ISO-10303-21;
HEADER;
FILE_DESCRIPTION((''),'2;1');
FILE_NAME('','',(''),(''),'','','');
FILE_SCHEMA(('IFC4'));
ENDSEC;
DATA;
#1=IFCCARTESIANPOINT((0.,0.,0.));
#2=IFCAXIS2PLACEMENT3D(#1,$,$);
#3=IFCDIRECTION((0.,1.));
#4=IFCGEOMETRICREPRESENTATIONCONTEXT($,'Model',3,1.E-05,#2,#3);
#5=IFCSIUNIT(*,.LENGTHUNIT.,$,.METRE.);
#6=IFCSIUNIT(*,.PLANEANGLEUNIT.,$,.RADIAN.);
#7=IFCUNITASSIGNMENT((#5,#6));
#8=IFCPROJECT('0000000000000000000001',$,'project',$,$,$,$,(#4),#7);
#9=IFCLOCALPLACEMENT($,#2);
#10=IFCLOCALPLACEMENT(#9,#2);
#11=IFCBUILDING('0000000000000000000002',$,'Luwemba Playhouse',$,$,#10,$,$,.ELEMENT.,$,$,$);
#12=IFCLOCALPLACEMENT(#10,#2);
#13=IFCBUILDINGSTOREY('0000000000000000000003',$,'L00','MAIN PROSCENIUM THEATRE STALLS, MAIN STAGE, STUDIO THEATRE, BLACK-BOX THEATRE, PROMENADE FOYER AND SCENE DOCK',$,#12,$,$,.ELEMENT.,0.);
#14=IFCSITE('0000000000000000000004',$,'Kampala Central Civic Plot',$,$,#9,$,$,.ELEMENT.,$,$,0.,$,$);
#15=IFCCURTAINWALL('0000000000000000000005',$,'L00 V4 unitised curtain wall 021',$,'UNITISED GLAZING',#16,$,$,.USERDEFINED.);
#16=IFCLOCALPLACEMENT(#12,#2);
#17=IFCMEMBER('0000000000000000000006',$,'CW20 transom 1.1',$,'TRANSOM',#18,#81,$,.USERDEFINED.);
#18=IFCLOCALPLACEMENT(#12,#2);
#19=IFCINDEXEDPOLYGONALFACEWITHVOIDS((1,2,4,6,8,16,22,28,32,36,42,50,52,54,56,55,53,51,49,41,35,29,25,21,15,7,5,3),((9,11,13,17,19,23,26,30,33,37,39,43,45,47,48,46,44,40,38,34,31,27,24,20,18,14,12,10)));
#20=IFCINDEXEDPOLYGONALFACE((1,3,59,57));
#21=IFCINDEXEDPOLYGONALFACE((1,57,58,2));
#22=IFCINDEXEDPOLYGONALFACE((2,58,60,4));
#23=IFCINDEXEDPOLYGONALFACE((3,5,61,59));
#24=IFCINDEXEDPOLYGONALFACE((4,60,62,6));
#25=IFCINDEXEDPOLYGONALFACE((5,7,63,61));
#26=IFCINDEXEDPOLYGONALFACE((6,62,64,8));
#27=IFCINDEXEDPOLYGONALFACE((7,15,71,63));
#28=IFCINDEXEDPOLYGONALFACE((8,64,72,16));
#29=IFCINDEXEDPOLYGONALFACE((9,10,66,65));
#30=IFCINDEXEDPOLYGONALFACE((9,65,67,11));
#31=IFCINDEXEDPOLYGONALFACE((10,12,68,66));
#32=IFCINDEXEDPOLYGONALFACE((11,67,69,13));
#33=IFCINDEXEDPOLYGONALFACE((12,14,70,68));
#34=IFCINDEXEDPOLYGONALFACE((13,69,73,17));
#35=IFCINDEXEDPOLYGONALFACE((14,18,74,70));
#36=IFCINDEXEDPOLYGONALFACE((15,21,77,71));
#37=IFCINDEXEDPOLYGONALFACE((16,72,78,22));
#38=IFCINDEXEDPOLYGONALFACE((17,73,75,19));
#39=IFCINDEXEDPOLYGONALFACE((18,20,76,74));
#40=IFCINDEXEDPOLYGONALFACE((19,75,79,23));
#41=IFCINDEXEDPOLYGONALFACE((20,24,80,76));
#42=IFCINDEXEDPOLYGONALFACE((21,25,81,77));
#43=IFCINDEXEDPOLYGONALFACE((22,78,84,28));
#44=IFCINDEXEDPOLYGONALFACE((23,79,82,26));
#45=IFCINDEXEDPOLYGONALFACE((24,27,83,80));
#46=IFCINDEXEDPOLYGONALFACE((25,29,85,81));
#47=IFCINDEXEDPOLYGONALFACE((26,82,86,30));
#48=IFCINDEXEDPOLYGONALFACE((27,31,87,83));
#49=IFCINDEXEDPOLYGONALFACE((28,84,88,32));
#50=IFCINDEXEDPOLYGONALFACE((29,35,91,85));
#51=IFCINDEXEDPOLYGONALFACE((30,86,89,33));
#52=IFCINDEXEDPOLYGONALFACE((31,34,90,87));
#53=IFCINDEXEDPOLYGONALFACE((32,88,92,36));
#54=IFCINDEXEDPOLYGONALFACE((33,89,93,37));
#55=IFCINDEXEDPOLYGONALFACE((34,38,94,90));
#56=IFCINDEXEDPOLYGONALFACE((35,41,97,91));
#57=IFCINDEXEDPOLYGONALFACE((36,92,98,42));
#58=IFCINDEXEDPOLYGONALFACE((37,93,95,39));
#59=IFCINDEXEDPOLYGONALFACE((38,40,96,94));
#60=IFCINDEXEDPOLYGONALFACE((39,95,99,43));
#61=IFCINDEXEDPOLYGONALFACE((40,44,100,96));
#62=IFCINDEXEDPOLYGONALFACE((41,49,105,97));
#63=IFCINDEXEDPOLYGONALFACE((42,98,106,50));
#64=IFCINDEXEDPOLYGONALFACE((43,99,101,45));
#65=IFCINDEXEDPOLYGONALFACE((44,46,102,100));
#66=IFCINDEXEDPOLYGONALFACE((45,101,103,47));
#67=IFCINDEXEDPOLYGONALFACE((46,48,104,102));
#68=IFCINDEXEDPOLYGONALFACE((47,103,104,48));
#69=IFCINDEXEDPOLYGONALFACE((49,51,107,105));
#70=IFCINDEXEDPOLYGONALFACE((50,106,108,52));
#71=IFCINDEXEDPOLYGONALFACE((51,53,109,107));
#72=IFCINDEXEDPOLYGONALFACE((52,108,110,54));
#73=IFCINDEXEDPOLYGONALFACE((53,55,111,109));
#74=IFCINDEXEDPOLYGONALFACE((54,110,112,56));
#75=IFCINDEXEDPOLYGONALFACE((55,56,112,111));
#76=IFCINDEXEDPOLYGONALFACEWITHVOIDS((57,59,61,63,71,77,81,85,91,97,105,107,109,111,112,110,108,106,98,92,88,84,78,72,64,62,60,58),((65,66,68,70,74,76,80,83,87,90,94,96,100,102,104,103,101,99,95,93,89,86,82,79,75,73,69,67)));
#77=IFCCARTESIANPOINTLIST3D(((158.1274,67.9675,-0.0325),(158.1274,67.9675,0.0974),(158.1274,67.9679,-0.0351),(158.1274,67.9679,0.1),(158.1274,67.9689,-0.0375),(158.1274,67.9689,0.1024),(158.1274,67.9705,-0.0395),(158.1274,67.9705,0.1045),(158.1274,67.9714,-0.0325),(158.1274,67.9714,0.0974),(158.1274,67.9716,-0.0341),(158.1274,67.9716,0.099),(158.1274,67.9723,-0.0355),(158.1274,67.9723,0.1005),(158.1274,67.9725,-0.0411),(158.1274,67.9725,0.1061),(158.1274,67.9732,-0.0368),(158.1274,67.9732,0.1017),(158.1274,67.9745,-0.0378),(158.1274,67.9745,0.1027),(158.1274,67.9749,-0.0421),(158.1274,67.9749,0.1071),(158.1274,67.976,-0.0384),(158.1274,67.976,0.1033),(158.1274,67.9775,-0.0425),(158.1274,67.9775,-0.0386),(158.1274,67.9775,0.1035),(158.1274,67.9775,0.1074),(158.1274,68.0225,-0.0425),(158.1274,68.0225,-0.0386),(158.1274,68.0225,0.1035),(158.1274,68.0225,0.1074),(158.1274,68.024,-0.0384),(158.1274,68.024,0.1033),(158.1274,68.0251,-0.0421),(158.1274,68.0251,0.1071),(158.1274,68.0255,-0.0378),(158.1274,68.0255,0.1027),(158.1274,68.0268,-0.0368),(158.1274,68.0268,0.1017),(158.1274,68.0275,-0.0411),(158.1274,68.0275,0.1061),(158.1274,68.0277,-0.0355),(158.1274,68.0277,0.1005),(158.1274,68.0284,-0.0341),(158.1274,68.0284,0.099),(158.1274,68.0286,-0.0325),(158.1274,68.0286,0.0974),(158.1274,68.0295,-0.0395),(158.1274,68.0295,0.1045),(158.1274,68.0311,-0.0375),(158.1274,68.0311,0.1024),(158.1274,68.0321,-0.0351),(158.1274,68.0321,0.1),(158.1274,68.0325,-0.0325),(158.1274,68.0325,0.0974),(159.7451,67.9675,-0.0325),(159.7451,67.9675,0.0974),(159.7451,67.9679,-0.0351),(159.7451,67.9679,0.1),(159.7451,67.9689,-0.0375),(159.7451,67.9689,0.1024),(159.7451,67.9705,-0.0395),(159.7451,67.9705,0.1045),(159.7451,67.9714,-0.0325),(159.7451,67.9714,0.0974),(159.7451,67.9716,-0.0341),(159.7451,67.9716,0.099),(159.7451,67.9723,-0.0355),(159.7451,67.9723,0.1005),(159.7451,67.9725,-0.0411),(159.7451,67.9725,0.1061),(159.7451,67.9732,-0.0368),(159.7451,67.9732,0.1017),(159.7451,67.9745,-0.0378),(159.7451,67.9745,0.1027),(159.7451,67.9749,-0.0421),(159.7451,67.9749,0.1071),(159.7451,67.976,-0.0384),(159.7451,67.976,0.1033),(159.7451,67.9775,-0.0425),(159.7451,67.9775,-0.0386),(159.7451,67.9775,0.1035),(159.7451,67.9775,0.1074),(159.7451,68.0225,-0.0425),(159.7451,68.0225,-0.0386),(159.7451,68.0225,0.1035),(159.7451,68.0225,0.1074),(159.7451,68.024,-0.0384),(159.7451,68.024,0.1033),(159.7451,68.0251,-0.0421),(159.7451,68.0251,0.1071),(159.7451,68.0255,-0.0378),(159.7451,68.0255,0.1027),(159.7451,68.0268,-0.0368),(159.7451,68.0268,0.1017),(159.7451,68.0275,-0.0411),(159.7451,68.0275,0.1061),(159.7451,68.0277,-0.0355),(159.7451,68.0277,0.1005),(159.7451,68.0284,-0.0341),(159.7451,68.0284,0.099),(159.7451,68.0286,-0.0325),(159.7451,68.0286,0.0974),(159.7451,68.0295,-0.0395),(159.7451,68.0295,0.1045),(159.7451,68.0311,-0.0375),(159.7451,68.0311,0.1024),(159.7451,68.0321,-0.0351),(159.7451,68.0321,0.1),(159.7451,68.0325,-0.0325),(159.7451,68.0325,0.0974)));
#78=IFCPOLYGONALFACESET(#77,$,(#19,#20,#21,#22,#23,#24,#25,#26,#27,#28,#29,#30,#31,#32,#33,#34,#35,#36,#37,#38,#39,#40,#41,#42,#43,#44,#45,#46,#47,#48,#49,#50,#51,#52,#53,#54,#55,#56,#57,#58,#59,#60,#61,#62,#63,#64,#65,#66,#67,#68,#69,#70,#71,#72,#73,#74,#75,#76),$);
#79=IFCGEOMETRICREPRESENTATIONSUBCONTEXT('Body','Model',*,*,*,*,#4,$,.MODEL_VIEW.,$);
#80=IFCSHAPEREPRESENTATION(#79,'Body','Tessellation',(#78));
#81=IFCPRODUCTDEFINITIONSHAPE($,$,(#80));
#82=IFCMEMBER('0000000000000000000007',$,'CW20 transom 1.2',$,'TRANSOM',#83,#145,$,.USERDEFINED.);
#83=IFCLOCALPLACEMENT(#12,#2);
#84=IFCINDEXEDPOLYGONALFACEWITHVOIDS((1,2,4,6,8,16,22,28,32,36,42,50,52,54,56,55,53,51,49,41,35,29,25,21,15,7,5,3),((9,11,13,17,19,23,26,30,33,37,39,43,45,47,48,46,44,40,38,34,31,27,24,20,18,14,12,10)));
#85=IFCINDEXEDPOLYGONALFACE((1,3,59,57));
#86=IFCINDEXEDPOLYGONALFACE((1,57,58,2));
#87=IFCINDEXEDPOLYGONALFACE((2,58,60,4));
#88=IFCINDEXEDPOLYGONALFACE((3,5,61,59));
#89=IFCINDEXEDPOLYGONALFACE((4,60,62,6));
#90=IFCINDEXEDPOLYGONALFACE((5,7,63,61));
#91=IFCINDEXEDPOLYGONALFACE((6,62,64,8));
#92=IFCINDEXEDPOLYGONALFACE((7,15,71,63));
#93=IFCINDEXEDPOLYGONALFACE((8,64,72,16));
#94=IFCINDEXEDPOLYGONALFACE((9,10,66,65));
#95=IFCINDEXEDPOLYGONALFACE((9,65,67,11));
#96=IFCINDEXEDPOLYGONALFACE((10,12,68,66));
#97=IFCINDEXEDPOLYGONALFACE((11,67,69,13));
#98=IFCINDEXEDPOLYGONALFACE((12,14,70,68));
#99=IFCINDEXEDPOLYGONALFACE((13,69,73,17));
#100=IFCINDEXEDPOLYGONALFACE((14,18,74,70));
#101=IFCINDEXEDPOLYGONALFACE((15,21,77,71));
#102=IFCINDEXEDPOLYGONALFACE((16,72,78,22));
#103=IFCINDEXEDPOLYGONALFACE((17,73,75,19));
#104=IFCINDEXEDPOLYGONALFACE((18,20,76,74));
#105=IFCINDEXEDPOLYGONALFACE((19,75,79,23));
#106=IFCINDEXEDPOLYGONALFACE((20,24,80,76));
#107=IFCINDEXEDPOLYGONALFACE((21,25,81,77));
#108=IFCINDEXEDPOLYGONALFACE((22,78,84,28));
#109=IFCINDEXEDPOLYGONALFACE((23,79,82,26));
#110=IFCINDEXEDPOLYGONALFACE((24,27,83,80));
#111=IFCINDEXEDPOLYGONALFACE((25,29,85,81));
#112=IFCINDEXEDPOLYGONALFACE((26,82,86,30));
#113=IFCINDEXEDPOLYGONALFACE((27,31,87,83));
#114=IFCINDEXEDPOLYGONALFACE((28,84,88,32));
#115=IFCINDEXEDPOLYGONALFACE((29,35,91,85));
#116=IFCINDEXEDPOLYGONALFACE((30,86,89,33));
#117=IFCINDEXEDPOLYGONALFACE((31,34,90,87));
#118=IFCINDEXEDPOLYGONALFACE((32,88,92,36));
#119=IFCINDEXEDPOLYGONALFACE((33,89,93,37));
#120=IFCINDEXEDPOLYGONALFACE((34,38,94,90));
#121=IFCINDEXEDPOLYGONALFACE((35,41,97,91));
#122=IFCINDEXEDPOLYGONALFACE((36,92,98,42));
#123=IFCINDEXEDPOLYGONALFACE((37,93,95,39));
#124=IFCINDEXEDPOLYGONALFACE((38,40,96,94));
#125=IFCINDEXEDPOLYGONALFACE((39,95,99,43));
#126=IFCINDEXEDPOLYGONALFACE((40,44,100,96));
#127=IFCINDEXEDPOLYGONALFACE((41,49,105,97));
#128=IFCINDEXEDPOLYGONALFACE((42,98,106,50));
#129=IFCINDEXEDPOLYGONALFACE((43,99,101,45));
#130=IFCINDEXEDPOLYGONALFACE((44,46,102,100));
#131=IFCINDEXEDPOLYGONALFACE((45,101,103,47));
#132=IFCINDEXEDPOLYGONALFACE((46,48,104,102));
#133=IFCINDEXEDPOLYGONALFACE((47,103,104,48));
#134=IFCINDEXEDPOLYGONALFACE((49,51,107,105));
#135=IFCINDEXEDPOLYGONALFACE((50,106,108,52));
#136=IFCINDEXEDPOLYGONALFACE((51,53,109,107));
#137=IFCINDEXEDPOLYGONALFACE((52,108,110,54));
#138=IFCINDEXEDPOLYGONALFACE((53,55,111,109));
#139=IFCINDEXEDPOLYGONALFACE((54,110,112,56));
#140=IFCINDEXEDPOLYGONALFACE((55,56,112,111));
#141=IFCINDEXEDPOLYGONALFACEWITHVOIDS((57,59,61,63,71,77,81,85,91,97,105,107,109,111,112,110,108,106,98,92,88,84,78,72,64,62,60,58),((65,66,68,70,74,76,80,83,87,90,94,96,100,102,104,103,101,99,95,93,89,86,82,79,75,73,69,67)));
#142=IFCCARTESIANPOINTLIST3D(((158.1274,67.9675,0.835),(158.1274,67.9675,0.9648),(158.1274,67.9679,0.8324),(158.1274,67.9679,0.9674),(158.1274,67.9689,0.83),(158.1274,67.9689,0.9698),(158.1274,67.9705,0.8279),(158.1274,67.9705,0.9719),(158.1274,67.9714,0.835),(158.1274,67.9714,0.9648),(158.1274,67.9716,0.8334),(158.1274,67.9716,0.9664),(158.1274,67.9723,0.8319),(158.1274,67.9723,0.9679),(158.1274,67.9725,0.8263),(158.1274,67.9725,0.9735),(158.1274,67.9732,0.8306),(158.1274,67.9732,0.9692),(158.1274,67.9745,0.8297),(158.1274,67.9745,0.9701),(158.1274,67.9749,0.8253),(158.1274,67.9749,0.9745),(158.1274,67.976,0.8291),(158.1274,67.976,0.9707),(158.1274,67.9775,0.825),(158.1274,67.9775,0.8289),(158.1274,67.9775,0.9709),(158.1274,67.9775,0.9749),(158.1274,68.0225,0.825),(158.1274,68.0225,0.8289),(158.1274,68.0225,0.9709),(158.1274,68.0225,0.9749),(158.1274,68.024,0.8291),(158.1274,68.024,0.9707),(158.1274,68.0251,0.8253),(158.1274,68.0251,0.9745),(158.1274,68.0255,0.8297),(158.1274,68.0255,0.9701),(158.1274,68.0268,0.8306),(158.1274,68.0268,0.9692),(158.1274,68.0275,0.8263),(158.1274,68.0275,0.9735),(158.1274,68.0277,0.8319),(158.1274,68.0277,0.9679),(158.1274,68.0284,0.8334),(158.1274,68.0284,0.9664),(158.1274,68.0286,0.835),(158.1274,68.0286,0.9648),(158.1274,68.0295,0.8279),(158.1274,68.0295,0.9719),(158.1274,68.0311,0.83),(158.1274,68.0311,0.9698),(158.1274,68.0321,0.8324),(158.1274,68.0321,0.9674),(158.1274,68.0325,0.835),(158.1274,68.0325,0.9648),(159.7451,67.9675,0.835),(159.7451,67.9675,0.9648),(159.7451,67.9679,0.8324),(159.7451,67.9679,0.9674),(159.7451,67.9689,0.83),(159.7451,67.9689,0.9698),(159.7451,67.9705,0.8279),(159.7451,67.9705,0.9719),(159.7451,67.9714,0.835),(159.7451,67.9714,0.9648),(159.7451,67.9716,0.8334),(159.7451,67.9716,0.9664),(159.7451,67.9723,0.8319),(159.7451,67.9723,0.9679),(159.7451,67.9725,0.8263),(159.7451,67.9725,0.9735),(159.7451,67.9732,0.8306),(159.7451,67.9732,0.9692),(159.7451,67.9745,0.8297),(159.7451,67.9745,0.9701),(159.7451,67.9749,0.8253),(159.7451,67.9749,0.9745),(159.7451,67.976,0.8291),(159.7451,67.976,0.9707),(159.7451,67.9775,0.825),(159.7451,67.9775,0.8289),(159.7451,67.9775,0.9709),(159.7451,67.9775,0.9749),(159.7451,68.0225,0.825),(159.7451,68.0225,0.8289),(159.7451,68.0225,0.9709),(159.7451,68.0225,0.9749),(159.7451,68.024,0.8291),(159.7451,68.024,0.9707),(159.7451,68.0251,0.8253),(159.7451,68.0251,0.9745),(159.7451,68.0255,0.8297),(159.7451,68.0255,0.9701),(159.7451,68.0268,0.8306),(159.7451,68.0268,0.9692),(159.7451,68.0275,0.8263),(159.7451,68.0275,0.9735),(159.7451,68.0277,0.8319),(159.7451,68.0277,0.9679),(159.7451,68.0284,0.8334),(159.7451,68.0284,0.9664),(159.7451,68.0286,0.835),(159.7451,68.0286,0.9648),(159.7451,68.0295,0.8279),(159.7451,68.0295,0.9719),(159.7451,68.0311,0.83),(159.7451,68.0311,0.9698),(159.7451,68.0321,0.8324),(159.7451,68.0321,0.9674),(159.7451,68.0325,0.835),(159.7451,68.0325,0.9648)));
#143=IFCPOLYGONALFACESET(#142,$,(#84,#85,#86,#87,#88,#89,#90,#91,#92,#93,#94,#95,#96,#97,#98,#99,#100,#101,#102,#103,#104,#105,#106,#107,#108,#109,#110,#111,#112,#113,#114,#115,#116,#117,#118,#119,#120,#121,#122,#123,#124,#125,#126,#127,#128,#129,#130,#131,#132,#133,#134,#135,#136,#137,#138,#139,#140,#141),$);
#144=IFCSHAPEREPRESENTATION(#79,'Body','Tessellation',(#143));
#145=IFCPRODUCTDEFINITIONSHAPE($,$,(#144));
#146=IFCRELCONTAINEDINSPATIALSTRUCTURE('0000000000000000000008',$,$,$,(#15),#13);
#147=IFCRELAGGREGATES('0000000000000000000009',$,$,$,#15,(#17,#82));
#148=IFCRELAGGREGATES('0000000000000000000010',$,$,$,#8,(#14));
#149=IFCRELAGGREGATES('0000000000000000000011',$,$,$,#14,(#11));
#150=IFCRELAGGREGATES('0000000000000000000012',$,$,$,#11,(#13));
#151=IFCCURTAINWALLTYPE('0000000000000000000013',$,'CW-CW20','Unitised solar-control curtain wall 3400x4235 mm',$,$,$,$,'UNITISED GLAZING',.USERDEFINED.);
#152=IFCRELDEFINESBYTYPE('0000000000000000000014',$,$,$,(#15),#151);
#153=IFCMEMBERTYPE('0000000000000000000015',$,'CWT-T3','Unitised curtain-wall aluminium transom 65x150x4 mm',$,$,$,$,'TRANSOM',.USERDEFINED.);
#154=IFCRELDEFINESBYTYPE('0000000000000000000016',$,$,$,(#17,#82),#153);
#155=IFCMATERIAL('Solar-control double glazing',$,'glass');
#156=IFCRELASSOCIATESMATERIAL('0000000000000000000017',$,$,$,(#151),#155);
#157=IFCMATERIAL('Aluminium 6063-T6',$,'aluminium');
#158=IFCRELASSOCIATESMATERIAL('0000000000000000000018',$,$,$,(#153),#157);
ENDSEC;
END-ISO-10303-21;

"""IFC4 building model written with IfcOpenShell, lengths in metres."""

from ifc_helpers import new_model, si_unit, direction, frame, origin, origin_2d, place, context, subcontext, project, spatial, hollow_rectangle, extrude, material, material_profile, profile_set, type_object, element, aggregate, save


model = new_model("IFC4")

# Units and contexts
model_context = context("Model", 3, precision=1e-05, world=origin(), true_north=direction((0.0, 1.0)))
body_context = subcontext(model_context, "Body", "Model", "MODEL_VIEW")
ifc_project = project(units=[si_unit("LENGTHUNIT", "METRE"), si_unit("PLANEANGLEUNIT", "RADIAN")], contexts=[model_context])

# Site, building, storey
site_placement = place(None, origin())
site = spatial("IfcSite", under=ifc_project, at=site_placement, Name="Kampala Central Civic Plot", CompositionType="ELEMENT", RefElevation=0.0)
building_placement = place(site_placement, origin())
building = spatial("IfcBuilding", under=site, at=building_placement, Name="Luwemba Playhouse", CompositionType="ELEMENT")
storey_placement = place(building_placement, origin())
storey = spatial("IfcBuildingStorey", under=building, at=storey_placement, Name="L00", Description="MAIN PROSCENIUM THEATRE STALLS, MAIN STAGE, STUDIO THEATRE, BLACK-BOX THEATRE, PROMENADE FOYER AND SCENE DOCK", CompositionType="ELEMENT", Elevation=0.0)

# Shared definitions
ifc_material_1 = material(Name="Solar-control double glazing", Category="glass")
ifc_material_2 = material(Name="Aluminium 6063-T6", Category="aluminium")

# Curtain wall, members
curtain_wall_type_1 = type_object("IfcCurtainWallType", Name="CW-CW20", Description="Unitised solar-control curtain wall 3400x4235 mm", ElementType="UNITISED GLAZING", PredefinedType="USERDEFINED", material=ifc_material_1)
curtain_wall_1_placement = place(storey_placement, origin())
curtain_wall_1 = element("IfcCurtainWall", 1, at=curtain_wall_1_placement, inside=storey, type_object=curtain_wall_type_1, Name="L00 V4 unitised curtain wall 021", ObjectType="UNITISED GLAZING", PredefinedType="USERDEFINED")
ifc_material_profile_1 = material_profile(ifc_material_2, hollow_rectangle(XDim=0.0649, YDim=0.1499, WallThickness=0.0039, InnerFilletRadius=0.0061, OuterFilletRadius=0.01, at=origin_2d()))
ifc_profile_set_1 = profile_set([ifc_material_profile_1], Name="Aluminium 6063-T6")
member_type_1 = type_object("IfcMemberType", Name="CWT-T3", Description="Unitised curtain-wall aluminium transom 65x150x4 mm", ElementType="TRANSOM", PredefinedType="USERDEFINED", material=ifc_profile_set_1)
member_1_placement = place(storey_placement, frame((159.7451, 68.0, 0.0325), z_axis=(-1.0, 0.0, 0.0), x_axis=(0.0, -1.0, 0.0)))
member_1 = element("IfcMember", 2, at=member_1_placement, type_object=member_type_1, Name="CW20 transom 1.1", ObjectType="TRANSOM", PredefinedType="USERDEFINED", context=body_context, shape_type="SweptSolid", body=[
    extrude(hollow_rectangle(XDim=0.0649, YDim=0.1499, WallThickness=0.0039, InnerFilletRadius=0.0061, OuterFilletRadius=0.01, at=origin_2d()), origin(), (0.0, 0.0, 1.0), 1.6177),
])
member_2_placement = place(storey_placement, frame((159.7451, 68.0, 0.8999), z_axis=(-1.0, 0.0, 0.0), x_axis=(0.0, -1.0, 0.0)))
member_2 = element("IfcMember", 3, at=member_2_placement, type_object=member_type_1, Name="CW20 transom 1.2", ObjectType="TRANSOM", PredefinedType="USERDEFINED", context=body_context, shape_type="SweptSolid", body=[
    extrude(hollow_rectangle(XDim=0.0649, YDim=0.1499, WallThickness=0.0039, InnerFilletRadius=0.0061, OuterFilletRadius=0.01, at=origin_2d()), origin(), (0.0, 0.0, 1.0), 1.6177),
])

aggregate(curtain_wall_1, [member_1, member_2])

save(model, "model.ifc")
